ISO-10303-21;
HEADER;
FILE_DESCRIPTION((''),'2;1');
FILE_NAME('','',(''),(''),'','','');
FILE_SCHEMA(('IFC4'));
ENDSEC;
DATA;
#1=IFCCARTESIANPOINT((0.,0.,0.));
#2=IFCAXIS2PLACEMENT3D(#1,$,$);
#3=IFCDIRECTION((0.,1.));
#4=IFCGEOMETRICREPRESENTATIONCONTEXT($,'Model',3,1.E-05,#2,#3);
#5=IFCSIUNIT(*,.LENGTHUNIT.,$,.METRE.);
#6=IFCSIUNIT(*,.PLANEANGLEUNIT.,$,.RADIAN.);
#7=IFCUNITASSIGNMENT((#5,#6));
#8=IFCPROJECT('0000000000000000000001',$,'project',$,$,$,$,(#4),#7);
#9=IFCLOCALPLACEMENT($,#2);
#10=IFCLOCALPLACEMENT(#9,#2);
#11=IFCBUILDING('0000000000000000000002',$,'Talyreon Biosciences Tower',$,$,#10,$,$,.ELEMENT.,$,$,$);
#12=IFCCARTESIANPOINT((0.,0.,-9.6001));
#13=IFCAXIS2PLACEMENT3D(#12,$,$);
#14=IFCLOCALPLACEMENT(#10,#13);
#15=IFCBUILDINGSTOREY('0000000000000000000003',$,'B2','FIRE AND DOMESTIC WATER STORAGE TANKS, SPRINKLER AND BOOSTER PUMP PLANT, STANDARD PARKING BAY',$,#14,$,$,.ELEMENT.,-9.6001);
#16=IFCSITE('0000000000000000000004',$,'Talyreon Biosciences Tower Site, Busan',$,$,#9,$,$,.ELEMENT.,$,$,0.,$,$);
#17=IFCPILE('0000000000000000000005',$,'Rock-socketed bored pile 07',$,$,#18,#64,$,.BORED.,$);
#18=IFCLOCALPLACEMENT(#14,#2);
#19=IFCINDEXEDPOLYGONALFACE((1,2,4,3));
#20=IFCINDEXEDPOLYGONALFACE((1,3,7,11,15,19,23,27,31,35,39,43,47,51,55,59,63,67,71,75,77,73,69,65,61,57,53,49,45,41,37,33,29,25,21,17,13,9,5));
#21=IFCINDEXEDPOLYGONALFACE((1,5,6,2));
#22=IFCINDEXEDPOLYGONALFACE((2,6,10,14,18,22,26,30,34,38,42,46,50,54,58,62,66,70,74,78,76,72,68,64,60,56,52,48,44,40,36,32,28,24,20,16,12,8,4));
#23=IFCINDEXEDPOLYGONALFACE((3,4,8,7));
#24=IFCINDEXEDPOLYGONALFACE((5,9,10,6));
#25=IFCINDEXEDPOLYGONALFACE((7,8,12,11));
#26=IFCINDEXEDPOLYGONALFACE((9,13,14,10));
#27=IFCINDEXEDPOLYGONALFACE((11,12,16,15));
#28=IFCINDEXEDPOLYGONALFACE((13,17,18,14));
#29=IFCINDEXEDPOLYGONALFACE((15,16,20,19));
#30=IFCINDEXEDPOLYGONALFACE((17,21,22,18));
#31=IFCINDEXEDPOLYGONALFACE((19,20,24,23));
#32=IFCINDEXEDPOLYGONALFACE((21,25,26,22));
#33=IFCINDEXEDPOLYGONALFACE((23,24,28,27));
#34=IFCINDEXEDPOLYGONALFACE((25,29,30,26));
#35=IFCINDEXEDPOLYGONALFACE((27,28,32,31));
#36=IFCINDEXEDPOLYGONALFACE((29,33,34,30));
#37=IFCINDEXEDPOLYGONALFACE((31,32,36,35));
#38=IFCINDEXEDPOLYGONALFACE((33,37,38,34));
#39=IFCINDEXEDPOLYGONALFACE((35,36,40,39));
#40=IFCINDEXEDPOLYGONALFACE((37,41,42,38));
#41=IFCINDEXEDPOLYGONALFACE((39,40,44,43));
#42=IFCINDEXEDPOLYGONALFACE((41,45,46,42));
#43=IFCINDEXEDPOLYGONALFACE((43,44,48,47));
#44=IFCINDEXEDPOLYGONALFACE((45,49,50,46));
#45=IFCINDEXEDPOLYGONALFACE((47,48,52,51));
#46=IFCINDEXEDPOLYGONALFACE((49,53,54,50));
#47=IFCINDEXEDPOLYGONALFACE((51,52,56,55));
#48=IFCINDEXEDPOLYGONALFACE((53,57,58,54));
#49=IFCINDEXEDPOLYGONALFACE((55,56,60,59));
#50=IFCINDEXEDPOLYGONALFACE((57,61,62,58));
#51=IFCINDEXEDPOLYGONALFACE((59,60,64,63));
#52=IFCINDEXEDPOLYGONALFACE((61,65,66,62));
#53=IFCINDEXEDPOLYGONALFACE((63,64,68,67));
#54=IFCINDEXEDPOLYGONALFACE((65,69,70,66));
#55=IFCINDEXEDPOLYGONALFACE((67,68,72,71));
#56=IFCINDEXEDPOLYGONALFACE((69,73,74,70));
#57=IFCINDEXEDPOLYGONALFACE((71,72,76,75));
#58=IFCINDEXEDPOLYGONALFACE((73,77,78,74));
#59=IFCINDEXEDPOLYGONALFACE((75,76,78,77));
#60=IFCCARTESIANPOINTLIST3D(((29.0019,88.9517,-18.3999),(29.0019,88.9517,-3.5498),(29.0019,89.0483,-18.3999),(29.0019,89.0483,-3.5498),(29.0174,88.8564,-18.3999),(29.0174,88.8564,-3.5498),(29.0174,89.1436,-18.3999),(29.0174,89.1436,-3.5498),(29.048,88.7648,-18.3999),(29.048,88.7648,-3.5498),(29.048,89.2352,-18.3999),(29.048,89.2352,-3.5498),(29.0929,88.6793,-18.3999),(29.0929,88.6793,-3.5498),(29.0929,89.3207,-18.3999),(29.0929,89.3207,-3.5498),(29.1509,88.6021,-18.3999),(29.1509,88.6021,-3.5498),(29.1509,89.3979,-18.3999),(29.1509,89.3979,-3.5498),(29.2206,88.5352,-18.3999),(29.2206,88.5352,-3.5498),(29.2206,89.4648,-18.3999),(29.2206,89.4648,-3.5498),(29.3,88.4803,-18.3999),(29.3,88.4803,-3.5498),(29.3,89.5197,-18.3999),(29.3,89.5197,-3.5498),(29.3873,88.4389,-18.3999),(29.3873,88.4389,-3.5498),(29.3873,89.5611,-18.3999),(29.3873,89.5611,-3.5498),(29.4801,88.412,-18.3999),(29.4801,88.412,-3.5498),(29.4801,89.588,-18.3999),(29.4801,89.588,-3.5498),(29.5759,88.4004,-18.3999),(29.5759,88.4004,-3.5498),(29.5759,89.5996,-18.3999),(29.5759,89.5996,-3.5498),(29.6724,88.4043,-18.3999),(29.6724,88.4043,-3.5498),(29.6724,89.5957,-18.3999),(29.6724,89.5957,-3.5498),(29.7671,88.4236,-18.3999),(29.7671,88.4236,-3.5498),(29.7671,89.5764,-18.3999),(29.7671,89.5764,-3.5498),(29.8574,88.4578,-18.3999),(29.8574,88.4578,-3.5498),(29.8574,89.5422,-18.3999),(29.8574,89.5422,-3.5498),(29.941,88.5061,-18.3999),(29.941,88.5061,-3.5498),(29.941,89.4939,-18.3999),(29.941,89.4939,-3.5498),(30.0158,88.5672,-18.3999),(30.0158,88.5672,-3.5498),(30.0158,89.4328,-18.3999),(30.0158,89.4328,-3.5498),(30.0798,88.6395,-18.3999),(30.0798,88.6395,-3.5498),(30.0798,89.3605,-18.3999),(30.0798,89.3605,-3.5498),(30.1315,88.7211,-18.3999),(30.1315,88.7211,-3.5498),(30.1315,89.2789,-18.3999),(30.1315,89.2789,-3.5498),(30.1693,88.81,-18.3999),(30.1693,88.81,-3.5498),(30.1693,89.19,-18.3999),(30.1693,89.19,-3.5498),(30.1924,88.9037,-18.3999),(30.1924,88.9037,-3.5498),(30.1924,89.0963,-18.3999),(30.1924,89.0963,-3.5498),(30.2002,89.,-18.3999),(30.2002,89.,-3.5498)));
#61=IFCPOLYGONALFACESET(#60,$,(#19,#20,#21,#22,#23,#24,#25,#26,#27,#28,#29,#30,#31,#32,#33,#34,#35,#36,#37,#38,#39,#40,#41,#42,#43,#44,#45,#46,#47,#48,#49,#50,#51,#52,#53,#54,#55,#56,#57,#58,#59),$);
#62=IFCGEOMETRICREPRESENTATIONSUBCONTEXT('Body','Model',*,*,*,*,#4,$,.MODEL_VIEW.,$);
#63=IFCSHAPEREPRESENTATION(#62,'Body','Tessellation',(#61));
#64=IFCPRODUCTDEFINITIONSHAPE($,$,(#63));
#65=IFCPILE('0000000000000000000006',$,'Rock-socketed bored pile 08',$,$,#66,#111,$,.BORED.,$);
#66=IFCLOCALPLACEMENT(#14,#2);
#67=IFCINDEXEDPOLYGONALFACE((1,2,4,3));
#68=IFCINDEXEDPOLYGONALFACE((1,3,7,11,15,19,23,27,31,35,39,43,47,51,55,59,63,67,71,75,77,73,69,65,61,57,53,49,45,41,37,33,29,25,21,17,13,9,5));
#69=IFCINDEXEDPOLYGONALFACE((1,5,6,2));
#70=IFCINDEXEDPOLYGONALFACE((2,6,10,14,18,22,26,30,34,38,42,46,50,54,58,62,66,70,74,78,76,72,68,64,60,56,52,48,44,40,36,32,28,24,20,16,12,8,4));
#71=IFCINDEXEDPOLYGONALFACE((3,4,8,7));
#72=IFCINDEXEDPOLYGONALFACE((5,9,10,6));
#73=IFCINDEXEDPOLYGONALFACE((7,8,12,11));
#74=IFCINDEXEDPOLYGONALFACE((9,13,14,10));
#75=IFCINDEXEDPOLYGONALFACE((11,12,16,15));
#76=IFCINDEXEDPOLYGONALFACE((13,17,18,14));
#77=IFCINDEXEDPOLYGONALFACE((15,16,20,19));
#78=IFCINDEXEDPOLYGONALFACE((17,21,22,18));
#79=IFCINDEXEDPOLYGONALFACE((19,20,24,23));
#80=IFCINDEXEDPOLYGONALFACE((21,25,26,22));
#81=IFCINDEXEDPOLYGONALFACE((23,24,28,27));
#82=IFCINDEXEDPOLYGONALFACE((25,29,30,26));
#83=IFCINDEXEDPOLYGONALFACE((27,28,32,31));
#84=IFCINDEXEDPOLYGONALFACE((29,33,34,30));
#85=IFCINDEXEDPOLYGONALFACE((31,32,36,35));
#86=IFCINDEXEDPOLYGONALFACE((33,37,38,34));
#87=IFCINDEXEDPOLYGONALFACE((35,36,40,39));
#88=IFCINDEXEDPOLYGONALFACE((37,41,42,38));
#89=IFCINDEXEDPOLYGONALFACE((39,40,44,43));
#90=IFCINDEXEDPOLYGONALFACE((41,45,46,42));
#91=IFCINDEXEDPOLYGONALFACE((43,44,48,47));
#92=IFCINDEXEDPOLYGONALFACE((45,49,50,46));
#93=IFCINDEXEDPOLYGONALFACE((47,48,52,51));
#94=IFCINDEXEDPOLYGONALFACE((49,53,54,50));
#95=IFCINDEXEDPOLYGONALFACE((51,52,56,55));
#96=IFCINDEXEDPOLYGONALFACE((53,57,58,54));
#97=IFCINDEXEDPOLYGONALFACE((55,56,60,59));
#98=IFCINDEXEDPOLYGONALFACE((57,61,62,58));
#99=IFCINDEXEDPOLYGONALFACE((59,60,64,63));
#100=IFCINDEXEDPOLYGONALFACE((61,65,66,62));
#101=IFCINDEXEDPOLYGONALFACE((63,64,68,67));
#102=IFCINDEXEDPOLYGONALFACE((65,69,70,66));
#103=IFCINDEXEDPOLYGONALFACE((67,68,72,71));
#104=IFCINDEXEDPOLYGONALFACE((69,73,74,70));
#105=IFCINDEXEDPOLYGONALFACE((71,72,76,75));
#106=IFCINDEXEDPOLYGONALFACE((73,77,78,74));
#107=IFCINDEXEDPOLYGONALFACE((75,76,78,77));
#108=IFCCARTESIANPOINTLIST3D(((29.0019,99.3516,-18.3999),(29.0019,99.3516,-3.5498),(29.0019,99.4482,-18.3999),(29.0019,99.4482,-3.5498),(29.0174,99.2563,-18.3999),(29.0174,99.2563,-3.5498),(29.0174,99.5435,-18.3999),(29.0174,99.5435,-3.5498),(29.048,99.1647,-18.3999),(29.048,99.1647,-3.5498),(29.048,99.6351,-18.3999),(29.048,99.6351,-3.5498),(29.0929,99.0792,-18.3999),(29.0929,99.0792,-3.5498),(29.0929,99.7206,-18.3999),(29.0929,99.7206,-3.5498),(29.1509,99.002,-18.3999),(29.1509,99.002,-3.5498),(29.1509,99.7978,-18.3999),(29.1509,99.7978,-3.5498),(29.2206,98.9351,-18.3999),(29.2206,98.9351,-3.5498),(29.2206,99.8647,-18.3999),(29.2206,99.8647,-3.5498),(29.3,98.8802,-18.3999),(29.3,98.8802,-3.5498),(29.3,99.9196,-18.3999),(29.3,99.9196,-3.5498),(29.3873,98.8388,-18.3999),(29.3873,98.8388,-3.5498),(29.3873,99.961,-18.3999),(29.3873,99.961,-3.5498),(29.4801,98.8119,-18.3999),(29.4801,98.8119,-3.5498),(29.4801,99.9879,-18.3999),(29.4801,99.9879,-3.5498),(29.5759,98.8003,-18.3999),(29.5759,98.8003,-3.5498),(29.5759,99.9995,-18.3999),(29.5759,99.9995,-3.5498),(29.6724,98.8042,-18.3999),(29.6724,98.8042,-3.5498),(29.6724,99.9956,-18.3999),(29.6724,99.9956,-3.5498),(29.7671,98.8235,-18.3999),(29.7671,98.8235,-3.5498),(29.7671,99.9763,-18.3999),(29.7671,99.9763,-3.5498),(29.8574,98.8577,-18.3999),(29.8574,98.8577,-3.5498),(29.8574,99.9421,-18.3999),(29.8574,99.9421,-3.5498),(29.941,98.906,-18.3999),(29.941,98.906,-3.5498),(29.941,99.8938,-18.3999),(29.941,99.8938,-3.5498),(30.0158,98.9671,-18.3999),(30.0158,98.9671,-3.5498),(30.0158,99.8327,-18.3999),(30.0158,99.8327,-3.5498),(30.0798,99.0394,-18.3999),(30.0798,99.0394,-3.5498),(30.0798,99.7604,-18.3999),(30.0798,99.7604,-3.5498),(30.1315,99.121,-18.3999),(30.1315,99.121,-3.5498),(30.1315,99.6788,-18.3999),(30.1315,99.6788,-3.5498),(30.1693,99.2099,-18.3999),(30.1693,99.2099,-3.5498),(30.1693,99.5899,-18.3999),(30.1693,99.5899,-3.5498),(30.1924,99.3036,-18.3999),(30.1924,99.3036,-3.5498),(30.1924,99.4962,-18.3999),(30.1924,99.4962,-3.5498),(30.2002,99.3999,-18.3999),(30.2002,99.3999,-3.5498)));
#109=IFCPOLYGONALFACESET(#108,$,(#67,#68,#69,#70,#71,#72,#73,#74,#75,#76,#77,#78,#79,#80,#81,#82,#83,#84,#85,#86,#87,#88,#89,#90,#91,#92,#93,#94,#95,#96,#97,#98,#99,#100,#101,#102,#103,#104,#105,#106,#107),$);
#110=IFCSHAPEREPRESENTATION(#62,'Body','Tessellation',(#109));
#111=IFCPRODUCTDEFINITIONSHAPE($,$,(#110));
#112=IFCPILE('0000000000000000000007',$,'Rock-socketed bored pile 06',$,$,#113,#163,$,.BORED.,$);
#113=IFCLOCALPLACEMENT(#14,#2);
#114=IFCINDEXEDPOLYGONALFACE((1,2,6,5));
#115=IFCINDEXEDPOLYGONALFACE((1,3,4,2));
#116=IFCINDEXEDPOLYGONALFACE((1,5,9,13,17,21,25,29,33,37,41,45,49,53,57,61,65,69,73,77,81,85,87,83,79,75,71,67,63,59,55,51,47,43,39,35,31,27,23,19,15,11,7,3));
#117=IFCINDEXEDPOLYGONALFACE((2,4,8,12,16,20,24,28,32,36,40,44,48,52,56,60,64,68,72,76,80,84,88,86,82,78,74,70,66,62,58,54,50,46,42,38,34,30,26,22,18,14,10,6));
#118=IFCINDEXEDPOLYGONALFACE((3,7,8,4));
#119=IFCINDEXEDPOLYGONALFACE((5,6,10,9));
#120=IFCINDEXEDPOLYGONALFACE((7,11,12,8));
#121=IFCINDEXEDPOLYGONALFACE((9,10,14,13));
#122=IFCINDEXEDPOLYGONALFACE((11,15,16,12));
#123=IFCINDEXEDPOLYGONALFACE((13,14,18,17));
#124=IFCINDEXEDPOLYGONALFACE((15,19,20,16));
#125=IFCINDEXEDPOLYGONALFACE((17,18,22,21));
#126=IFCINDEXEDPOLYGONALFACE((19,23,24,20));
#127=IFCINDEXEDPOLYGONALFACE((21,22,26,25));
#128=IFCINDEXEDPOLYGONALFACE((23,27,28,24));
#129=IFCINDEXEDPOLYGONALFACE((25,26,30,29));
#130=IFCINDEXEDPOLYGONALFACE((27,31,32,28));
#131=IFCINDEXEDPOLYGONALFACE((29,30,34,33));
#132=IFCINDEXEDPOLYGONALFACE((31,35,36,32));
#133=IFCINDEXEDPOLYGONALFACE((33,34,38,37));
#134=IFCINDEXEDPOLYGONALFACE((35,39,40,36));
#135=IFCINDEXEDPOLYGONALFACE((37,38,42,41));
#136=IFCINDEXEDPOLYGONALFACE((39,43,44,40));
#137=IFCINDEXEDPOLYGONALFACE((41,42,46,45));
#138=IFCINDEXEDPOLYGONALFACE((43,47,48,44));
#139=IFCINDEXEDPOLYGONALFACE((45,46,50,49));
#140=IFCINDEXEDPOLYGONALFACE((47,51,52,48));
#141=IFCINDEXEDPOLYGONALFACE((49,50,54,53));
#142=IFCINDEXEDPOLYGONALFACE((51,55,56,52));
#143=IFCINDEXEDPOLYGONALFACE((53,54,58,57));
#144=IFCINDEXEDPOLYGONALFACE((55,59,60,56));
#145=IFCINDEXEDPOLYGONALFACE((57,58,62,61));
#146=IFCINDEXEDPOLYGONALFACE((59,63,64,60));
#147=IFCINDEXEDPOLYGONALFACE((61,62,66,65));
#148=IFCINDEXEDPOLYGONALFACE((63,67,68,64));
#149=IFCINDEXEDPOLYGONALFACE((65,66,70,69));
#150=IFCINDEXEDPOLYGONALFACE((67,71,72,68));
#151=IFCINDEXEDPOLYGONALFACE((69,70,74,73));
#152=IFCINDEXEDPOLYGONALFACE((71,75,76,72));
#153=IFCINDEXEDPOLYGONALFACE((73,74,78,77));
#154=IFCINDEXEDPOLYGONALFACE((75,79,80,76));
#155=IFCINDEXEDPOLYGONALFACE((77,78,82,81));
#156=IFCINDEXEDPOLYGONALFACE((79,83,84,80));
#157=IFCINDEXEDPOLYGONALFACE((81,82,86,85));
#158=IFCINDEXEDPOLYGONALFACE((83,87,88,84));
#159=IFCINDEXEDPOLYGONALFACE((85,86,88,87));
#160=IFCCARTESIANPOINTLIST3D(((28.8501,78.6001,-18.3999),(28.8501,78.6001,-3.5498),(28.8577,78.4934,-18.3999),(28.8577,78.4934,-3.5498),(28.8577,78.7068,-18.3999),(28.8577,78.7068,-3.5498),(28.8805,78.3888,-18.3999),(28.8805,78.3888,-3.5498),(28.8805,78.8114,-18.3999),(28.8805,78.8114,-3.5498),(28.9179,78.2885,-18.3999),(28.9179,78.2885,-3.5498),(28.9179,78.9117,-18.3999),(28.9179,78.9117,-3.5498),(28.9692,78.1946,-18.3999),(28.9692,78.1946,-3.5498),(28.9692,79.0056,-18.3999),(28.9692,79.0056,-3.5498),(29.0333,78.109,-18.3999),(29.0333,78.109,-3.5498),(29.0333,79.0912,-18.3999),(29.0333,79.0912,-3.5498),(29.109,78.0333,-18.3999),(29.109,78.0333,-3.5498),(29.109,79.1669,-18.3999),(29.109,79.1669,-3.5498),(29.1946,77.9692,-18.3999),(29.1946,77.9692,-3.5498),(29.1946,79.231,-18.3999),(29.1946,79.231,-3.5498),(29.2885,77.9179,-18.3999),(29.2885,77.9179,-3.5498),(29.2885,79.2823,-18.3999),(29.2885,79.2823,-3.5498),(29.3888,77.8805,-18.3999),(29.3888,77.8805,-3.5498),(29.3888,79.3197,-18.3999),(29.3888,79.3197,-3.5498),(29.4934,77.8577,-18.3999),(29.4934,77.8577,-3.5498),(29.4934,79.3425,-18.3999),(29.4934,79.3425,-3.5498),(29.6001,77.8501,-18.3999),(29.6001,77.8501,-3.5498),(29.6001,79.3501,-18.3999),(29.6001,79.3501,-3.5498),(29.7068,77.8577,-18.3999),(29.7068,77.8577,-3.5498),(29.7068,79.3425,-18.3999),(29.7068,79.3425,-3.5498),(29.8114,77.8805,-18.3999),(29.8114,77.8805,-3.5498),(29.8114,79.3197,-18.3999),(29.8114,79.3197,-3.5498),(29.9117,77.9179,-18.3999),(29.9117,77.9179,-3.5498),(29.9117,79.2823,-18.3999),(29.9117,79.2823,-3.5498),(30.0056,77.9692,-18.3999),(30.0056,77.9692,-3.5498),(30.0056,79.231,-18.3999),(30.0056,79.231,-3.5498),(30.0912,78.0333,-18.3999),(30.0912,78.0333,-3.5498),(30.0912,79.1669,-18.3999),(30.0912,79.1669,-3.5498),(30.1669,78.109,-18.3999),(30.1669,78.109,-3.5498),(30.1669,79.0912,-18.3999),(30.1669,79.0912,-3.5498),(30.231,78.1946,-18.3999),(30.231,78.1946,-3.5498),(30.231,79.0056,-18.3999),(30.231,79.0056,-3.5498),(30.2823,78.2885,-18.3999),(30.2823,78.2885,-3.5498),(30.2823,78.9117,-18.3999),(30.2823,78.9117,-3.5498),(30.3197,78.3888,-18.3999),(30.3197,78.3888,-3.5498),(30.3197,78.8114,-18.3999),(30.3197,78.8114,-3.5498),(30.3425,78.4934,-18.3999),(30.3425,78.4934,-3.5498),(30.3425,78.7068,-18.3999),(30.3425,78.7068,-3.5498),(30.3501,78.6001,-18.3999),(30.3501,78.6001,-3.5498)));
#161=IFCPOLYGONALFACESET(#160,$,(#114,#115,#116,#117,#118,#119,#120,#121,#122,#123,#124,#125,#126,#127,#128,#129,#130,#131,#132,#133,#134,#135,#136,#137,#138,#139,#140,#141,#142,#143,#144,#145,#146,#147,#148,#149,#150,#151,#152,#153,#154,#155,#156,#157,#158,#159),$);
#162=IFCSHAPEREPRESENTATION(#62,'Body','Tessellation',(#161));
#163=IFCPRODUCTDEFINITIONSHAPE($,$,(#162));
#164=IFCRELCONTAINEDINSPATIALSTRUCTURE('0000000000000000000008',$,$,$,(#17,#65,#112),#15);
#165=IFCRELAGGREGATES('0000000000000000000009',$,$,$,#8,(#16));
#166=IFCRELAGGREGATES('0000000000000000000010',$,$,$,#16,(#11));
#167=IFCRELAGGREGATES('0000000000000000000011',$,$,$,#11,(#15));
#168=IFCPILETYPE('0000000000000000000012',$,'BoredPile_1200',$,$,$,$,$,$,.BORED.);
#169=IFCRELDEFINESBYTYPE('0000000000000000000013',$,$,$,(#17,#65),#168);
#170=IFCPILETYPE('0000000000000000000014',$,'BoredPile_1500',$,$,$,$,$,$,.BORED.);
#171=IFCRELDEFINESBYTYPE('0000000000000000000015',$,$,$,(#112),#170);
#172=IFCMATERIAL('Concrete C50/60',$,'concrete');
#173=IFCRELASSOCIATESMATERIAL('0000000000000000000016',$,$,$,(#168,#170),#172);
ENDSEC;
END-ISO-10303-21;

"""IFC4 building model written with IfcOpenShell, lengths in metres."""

from ifc_helpers import new_model, si_unit, direction, frame, origin, origin_2d, place, context, subcontext, project, spatial, circle, extrude, material, material_profile, profile_set, type_object, element, save


model = new_model("IFC4")

# Units and contexts
model_context = context("Model", 3, precision=1e-05, world=origin(), true_north=direction((0.0, 1.0)))
body_context = subcontext(model_context, "Body", "Model", "MODEL_VIEW")
ifc_project = project(units=[si_unit("LENGTHUNIT", "METRE"), si_unit("PLANEANGLEUNIT", "RADIAN")], contexts=[model_context])

# Site, building, storey
site_placement = place(None, origin())
site = spatial("IfcSite", under=ifc_project, at=site_placement, Name="Talyreon Biosciences Tower Site, Busan", CompositionType="ELEMENT", RefElevation=0.0)
building_placement = place(site_placement, origin())
building = spatial("IfcBuilding", under=site, at=building_placement, Name="Talyreon Biosciences Tower", CompositionType="ELEMENT")
storey_placement = place(building_placement, frame((0.0, 0.0, -9.6001)))
storey = spatial("IfcBuildingStorey", under=building, at=storey_placement, Name="B2", Description="FIRE AND DOMESTIC WATER STORAGE TANKS, SPRINKLER AND BOOSTER PUMP PLANT, STANDARD PARKING BAY", CompositionType="ELEMENT", Elevation=-9.6001)

# Piles
ifc_material_1 = material(Name="Concrete C50/60", Category="concrete")
ifc_material_profile_1 = material_profile(ifc_material_1, circle(Radius=0.6001, at=origin_2d()), Name="PILE D1200")
ifc_profile_set_1 = profile_set([ifc_material_profile_1], Name="Concrete C50/60")
pile_type_1 = type_object("IfcPileType", Name="BoredPile_1200", PredefinedType="BORED", material=ifc_profile_set_1)
for number, where, z_axis, x_axis, name in (
    (1, (29.6001, 89.0, -3.5498), (0.0, 0.0, -1.0), (1.0, 0.0, 0.0), "Rock-socketed bored pile 07"),
    (2, (29.6001, 99.3999, -3.5498), (0.0, 0.0, -1.0), (1.0, 0.0, 0.0), "Rock-socketed bored pile 08"),
):
    element("IfcPile", number, at=place(storey_placement, frame(where, z_axis=z_axis, x_axis=x_axis)), inside=storey, type_object=pile_type_1, Name=name, PredefinedType="BORED", context=body_context, shape_type="SweptSolid", body=[
        extrude(circle(Radius=0.6001, at=origin_2d()), origin(), (0.0, 0.0, 1.0), 14.8501),
    ])
ifc_material_profile_2 = material_profile(ifc_material_1, circle(Radius=0.75, at=origin_2d()), Name="PILE D1500")
ifc_profile_set_2 = profile_set([ifc_material_profile_2], Name="Concrete C50/60")
pile_type_2 = type_object("IfcPileType", Name="BoredPile_1500", PredefinedType="BORED", material=ifc_profile_set_2)
for number, where, z_axis, x_axis, name in (
    (3, (29.6001, 78.6001, -3.5498), (0.0, 0.0, -1.0), (1.0, 0.0, 0.0), "Rock-socketed bored pile 06"),
):
    element("IfcPile", number, at=place(storey_placement, frame(where, z_axis=z_axis, x_axis=x_axis)), inside=storey, type_object=pile_type_2, Name=name, PredefinedType="BORED", context=body_context, shape_type="SweptSolid", body=[
        extrude(circle(Radius=0.75, at=origin_2d()), origin(), (0.0, 0.0, 1.0), 14.8501),
    ])

save(model, "model.ifc")
